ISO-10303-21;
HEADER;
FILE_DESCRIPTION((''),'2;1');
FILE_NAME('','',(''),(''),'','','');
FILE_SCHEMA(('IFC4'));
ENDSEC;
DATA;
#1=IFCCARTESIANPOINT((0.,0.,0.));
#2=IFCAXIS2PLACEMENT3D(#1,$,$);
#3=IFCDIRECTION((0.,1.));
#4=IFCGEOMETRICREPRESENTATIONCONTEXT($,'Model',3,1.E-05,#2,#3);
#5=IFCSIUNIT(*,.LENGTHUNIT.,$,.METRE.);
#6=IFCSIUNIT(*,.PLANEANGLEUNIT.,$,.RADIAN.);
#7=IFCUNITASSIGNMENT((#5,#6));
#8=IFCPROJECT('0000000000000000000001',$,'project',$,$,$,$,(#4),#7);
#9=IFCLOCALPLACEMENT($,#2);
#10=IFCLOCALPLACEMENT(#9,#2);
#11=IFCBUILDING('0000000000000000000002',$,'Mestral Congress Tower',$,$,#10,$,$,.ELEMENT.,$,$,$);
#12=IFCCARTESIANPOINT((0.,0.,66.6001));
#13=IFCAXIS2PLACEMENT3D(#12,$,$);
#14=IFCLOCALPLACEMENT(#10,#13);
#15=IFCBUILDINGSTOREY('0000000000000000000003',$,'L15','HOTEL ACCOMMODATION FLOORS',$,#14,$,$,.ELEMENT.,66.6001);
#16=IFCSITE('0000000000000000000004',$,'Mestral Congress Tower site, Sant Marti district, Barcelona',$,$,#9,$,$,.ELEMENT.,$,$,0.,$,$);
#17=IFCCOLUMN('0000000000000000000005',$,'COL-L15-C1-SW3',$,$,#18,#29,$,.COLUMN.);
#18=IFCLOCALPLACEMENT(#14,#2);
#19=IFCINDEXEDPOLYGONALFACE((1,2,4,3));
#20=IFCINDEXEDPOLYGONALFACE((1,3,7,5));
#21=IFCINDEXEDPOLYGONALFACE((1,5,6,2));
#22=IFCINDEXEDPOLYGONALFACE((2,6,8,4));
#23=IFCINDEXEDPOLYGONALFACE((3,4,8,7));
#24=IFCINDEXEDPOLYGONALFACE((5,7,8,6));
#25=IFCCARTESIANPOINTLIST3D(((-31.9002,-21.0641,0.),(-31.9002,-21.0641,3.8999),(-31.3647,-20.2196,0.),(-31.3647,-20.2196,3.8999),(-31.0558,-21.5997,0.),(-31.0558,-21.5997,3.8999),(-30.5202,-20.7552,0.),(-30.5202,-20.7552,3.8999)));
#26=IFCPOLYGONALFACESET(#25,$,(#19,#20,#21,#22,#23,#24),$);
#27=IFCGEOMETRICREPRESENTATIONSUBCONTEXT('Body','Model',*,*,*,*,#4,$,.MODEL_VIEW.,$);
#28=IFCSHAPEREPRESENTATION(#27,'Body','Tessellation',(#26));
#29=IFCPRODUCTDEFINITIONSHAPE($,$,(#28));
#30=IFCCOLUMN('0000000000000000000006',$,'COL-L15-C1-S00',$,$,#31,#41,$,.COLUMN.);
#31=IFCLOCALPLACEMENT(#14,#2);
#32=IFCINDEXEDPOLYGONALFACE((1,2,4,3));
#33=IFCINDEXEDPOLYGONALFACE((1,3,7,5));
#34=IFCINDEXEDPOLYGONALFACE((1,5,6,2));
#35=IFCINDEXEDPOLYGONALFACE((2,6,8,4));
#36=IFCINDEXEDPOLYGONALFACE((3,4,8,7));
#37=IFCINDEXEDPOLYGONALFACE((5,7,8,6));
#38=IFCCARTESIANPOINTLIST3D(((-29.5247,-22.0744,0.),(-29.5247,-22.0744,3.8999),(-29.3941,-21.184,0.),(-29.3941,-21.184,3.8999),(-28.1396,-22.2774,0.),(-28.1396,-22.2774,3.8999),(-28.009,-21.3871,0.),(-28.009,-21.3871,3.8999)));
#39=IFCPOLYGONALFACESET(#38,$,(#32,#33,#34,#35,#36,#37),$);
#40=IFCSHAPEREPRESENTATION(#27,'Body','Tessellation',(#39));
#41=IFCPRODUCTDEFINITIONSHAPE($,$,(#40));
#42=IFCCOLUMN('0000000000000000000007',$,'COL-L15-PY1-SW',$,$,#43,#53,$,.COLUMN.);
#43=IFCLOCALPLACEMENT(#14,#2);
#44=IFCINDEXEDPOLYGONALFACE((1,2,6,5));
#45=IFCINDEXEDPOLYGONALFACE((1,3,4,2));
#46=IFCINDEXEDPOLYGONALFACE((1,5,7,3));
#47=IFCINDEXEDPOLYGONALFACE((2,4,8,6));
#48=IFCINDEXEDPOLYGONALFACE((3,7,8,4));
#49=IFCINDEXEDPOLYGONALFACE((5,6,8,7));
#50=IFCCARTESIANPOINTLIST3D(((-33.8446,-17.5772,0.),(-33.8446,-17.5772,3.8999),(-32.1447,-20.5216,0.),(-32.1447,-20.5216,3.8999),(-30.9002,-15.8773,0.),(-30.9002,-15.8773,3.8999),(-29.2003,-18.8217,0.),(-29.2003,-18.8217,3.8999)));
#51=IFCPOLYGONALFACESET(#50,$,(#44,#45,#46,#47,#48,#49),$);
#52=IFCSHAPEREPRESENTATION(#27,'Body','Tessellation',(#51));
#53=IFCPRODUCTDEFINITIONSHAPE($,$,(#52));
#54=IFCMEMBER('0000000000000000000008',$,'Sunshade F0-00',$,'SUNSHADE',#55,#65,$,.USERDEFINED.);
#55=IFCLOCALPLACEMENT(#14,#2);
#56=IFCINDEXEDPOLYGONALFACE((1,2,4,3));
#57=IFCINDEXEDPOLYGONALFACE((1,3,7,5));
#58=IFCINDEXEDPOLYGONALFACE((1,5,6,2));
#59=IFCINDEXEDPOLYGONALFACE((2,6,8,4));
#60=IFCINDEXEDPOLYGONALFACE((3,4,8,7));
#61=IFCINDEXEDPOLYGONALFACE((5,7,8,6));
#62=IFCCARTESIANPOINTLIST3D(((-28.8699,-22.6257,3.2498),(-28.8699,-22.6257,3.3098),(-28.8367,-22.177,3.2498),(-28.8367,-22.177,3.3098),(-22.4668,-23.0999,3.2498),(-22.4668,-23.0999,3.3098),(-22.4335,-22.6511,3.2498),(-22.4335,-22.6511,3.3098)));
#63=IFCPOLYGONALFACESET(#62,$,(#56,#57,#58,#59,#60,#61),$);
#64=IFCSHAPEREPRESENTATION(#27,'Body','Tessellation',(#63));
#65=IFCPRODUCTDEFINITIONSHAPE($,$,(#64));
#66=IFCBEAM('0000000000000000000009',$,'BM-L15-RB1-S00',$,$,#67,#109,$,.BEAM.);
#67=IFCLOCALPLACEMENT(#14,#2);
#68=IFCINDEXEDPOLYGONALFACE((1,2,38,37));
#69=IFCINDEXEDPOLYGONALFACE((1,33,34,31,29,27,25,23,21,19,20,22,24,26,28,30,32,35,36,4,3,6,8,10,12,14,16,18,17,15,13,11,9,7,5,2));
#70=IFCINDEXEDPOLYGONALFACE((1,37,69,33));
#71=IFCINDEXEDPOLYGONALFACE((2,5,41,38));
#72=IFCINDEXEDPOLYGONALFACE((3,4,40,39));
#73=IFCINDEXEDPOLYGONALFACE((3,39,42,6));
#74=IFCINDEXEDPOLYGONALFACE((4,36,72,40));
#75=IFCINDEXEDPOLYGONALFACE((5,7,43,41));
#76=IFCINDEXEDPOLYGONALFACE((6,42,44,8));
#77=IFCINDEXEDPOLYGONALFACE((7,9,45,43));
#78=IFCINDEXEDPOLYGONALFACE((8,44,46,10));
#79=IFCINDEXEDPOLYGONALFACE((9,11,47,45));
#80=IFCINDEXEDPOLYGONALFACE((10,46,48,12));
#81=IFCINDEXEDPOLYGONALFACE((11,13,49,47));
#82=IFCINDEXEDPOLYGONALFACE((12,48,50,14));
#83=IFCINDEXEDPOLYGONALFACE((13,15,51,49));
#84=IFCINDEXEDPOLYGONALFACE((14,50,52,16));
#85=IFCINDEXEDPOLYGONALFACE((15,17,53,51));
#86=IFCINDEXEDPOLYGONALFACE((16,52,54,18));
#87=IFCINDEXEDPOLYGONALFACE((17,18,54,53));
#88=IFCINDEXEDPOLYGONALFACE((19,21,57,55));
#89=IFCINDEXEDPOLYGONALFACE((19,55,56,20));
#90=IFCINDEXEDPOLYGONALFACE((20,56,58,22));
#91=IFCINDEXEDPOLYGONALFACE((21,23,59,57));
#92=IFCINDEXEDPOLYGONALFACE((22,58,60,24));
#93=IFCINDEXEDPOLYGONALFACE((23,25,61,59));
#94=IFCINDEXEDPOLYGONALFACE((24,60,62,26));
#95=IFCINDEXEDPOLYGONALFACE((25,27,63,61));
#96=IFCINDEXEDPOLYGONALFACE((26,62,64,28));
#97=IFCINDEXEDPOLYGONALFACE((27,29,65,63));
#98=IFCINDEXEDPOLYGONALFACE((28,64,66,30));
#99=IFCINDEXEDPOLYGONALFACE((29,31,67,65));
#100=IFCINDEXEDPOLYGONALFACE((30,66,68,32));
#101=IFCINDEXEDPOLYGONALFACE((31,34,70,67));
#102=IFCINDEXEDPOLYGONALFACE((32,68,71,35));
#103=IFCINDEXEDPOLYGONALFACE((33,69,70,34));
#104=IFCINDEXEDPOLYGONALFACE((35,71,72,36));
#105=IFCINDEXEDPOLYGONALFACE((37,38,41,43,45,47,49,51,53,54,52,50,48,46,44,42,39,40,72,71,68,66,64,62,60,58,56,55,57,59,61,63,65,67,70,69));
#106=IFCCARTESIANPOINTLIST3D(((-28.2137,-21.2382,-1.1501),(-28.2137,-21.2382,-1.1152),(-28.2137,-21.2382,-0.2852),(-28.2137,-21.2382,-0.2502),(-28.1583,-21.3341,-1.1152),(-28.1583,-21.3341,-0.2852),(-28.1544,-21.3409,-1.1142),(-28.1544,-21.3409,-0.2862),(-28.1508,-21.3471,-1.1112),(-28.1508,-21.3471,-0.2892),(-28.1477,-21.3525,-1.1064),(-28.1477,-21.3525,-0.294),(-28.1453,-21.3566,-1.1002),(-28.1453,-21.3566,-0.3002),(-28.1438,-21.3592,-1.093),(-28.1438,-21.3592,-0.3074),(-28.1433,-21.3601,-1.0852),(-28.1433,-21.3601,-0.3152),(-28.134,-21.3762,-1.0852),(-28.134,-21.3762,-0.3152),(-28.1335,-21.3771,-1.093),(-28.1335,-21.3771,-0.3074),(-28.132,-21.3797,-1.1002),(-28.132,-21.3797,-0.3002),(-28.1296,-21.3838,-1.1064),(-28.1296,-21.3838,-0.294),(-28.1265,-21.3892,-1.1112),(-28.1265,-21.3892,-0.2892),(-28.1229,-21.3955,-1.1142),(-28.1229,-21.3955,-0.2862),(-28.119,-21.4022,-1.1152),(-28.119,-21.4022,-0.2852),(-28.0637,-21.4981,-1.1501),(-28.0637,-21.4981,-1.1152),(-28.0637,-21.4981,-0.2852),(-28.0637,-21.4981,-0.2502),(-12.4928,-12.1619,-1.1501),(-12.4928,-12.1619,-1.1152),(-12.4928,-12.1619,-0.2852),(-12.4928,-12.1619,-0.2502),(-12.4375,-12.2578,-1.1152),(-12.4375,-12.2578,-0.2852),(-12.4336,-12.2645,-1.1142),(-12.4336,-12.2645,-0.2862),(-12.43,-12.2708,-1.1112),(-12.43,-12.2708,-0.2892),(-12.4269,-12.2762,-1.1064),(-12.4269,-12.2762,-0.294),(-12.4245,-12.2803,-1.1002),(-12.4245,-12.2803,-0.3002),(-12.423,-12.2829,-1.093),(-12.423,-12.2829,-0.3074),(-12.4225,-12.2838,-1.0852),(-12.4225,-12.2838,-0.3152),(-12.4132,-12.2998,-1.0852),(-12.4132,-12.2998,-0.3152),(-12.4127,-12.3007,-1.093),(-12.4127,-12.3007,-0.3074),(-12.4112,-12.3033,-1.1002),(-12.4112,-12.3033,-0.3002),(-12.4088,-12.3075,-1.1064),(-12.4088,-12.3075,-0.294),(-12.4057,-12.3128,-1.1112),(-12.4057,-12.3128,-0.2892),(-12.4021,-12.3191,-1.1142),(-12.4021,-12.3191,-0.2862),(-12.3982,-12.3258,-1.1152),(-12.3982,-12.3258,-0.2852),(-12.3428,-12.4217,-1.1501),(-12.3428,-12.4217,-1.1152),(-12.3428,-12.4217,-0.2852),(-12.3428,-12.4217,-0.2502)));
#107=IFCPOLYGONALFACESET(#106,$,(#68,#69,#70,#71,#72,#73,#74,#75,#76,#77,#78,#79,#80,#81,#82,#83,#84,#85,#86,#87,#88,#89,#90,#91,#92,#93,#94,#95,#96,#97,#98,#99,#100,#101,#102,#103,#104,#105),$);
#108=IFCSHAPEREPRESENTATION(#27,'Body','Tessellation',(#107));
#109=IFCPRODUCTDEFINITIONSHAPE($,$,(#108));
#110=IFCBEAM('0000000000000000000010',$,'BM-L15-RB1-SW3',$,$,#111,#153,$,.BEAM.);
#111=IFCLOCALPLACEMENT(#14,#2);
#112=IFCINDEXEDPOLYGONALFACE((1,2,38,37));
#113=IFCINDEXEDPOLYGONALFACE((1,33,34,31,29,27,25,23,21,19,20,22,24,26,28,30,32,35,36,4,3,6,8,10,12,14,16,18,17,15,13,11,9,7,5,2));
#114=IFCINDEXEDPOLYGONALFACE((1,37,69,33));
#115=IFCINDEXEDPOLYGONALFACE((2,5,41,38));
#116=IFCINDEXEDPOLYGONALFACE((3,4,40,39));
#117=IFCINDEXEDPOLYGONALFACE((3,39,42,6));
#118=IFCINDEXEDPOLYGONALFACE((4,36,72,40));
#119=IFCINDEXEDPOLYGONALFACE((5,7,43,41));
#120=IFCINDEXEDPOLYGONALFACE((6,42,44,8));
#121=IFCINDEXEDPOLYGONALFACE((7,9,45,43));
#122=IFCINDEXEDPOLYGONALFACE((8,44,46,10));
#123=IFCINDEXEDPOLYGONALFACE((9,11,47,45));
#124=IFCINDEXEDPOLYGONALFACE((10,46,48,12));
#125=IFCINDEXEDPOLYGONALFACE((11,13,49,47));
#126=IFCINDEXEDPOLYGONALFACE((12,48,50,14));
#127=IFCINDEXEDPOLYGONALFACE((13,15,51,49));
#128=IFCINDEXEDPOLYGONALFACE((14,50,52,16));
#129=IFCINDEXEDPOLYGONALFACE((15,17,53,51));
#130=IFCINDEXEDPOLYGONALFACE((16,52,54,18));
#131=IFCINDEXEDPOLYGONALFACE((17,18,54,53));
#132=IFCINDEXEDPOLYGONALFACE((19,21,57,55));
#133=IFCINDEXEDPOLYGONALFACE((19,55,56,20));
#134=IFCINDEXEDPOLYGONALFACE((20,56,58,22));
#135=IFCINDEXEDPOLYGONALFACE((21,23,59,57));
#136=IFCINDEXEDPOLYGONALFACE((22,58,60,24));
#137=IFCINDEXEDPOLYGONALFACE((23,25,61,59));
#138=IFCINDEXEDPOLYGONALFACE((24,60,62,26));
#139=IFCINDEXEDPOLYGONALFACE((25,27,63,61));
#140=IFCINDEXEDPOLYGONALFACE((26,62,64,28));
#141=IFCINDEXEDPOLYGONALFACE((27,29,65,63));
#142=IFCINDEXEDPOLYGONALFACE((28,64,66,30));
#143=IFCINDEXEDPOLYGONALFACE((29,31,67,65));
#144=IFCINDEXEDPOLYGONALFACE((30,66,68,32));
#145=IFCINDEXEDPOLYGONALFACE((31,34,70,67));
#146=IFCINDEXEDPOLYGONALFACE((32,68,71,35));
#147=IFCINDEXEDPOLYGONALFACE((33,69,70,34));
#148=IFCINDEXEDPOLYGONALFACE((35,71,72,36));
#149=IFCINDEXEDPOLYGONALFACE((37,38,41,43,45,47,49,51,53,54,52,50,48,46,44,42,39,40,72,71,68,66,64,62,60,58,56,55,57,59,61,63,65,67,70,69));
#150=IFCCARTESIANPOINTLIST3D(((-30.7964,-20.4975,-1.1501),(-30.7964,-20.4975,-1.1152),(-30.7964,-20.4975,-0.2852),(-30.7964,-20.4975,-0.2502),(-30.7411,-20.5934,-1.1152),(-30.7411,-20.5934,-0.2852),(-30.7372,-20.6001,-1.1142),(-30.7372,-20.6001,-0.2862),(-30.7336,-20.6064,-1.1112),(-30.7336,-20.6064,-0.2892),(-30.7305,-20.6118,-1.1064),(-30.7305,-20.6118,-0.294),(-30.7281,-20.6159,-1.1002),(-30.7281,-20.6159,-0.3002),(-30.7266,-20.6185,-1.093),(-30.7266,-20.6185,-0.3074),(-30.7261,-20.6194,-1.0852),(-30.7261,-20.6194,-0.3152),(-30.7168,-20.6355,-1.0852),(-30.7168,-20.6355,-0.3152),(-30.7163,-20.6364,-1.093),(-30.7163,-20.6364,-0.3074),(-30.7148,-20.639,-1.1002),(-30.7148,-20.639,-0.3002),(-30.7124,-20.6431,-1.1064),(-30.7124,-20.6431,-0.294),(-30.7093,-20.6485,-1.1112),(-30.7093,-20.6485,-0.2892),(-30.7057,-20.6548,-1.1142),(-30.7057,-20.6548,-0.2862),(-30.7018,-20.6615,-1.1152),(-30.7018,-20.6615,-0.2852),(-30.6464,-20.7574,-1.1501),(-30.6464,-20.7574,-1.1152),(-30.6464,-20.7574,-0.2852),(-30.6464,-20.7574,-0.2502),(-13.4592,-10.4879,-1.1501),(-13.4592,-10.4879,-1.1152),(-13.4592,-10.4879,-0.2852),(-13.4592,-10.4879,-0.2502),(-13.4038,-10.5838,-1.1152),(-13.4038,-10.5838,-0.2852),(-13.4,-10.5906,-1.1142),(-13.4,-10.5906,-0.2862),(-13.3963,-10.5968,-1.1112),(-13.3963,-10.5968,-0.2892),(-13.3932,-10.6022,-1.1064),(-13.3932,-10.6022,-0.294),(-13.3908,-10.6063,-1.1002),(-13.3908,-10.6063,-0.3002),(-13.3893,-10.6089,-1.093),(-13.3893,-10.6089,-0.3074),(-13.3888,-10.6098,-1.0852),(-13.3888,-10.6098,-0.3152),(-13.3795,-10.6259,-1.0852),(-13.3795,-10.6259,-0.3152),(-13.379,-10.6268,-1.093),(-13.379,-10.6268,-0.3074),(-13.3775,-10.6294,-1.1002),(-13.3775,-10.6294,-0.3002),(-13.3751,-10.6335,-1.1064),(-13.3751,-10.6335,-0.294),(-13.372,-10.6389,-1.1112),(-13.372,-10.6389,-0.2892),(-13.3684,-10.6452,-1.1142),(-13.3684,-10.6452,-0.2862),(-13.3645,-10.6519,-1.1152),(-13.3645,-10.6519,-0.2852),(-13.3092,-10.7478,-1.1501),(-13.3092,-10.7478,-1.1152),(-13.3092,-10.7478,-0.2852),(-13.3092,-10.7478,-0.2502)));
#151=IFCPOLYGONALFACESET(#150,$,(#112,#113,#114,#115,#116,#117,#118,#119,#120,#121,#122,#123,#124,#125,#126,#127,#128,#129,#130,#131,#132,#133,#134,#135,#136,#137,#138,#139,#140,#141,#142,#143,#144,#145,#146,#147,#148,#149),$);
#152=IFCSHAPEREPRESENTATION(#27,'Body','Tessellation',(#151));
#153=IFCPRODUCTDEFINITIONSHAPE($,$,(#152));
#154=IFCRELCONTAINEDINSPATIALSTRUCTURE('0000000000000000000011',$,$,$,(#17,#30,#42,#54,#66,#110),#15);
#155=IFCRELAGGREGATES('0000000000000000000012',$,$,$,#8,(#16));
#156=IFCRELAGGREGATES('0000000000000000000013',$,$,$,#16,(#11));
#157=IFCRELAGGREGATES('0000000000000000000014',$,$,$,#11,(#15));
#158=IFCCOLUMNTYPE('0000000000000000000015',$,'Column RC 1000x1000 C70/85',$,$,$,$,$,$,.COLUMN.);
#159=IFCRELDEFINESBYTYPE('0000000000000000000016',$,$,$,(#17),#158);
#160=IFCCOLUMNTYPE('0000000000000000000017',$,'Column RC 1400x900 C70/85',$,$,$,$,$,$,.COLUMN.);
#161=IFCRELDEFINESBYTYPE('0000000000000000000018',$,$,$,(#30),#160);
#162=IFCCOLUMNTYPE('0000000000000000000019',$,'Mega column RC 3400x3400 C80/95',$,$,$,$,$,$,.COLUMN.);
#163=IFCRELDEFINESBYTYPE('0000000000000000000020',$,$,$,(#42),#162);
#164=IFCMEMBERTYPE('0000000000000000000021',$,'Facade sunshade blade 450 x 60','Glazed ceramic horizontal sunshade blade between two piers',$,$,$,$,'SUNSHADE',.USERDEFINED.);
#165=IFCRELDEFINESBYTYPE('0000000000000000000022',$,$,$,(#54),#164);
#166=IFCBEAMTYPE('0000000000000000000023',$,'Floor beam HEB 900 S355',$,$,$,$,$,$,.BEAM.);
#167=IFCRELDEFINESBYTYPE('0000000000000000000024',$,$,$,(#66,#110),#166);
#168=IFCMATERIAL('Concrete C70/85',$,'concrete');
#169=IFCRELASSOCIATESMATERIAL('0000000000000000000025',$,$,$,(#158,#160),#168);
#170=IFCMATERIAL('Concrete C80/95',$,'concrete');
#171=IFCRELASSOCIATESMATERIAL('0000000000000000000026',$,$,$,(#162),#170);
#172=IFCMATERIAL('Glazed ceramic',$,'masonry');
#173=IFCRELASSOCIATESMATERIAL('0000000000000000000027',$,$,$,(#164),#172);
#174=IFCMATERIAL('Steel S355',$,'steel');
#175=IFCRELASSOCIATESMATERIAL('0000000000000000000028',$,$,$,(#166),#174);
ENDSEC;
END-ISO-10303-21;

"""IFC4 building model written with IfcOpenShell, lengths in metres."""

from ifc_helpers import new_model, si_unit, direction, frame, origin, origin_2d, place, context, subcontext, project, spatial, rectangle, i_section, extrude, material, material_profile, profile_set, type_object, element, save


model = new_model("IFC4")

# Units and contexts
model_context = context("Model", 3, precision=1e-05, world=origin(), true_north=direction((0.0, 1.0)))
body_context = subcontext(model_context, "Body", "Model", "MODEL_VIEW")
ifc_project = project(units=[si_unit("LENGTHUNIT", "METRE"), si_unit("PLANEANGLEUNIT", "RADIAN")], contexts=[model_context])

# Site, building, storey
site_placement = place(None, origin())
site = spatial("IfcSite", under=ifc_project, at=site_placement, Name="Mestral Congress Tower site, Sant Marti district, Barcelona", CompositionType="ELEMENT", RefElevation=0.0)
building_placement = place(site_placement, origin())
building = spatial("IfcBuilding", under=site, at=building_placement, Name="Mestral Congress Tower", CompositionType="ELEMENT")
storey_placement = place(building_placement, frame((0.0, 0.0, 66.6001)))
storey = spatial("IfcBuildingStorey", under=building, at=storey_placement, Name="L15", Description="HOTEL ACCOMMODATION FLOORS", CompositionType="ELEMENT", Elevation=66.6001)

# Columns
ifc_material_1 = material(Name="Concrete C70/85", Category="concrete")
ifc_material_profile_1 = material_profile(ifc_material_1, rectangle(XDim=1.0, YDim=1.0, at=origin_2d()), Name="RC 1000x1000")
ifc_profile_set_1 = profile_set([ifc_material_profile_1], Name="Concrete C70/85")
column_type_1 = type_object("IfcColumnType", Name="Column RC 1000x1000 C70/85", PredefinedType="COLUMN", material=ifc_profile_set_1)
column_1_placement = place(storey_placement, frame((-31.2102, -20.9097, 0.0), z_axis=(0.0, 0.0, 1.0), x_axis=(0.844485, -0.535579, 0.0)))
element("IfcColumn", 1, at=column_1_placement, inside=storey, type_object=column_type_1, Name="COL-L15-C1-SW3", PredefinedType="COLUMN", context=body_context, shape_type="SweptSolid", body=[
    extrude(rectangle(XDim=1.0, YDim=1.0, at=origin_2d()), origin(), (0.0, 0.0, 1.0), 3.8999),
])
ifc_material_profile_2 = material_profile(ifc_material_1, rectangle(XDim=1.3999, YDim=0.8999, at=origin_2d()), Name="RC 1400x900")
ifc_profile_set_2 = profile_set([ifc_material_profile_2], Name="Concrete C70/85")
column_type_2 = type_object("IfcColumnType", Name="Column RC 1400x900 C70/85", PredefinedType="COLUMN", material=ifc_profile_set_2)
column_2_placement = place(storey_placement, frame((-28.7668, -21.7307, 0.0), z_axis=(0.0, 0.0, 1.0), x_axis=(0.989424, -0.145056, 0.0)))
element("IfcColumn", 2, at=column_2_placement, inside=storey, type_object=column_type_2, Name="COL-L15-C1-S00", PredefinedType="COLUMN", context=body_context, shape_type="SweptSolid", body=[
    extrude(rectangle(XDim=1.3999, YDim=0.8999, at=origin_2d()), origin(), (0.0, 0.0, 1.0), 3.8999),
])
ifc_material_2 = material(Name="Concrete C80/95", Category="concrete")
ifc_material_profile_3 = material_profile(ifc_material_2, rectangle(XDim=3.3999, YDim=3.3999, at=origin_2d()), Name="RC 3400x3400")
ifc_profile_set_3 = profile_set([ifc_material_profile_3], Name="Concrete C80/95")
column_type_3 = type_object("IfcColumnType", Name="Mega column RC 3400x3400 C80/95", PredefinedType="COLUMN", material=ifc_profile_set_3)
column_3_placement = place(storey_placement, frame((-31.5225, -18.1995, 0.0), z_axis=(0.0, 0.0, 1.0), x_axis=(-0.866025, -0.5, 0.0)))
element("IfcColumn", 3, at=column_3_placement, inside=storey, type_object=column_type_3, Name="COL-L15-PY1-SW", PredefinedType="COLUMN", context=body_context, shape_type="SweptSolid", body=[
    extrude(rectangle(XDim=3.3999, YDim=3.3999, at=origin_2d()), origin(), (0.0, 0.0, 1.0), 3.8999),
])

# Member
ifc_material_3 = material(Name="Glazed ceramic", Category="masonry")
ifc_material_profile_4 = material_profile(ifc_material_3, rectangle(XDim=0.45, YDim=0.0601, at=origin_2d()), Name="Ceramic blade 450 x 60")
ifc_profile_set_4 = profile_set([ifc_material_profile_4], Name="Glazed ceramic")
member_type = type_object("IfcMemberType", Name="Facade sunshade blade 450 x 60", Description="Glazed ceramic horizontal sunshade blade between two piers", ElementType="SUNSHADE", PredefinedType="USERDEFINED", material=ifc_profile_set_4)
member_placement = place(storey_placement, frame((-28.8533, -22.4014, 3.2798), z_axis=(0.99727, -0.073844, 0.0), x_axis=(0.073844, 0.99727, 0.0)))
element("IfcMember", 4, at=member_placement, inside=storey, type_object=member_type, Name="Sunshade F0-00", ObjectType="SUNSHADE", PredefinedType="USERDEFINED", context=body_context, shape_type="SweptSolid", body=[
    extrude(rectangle(XDim=0.45, YDim=0.0601, at=origin_2d()), origin(), (0.0, 0.0, 1.0), 6.4207),
])

# Beams
ifc_material_4 = material(Name="Steel S355", Category="steel")
ifc_material_profile_5 = material_profile(ifc_material_4, i_section(OverallWidth=0.3, OverallDepth=0.8999, WebThickness=0.0186, FlangeThickness=0.0349, FilletRadius=0.03, at=origin_2d()), Name="HEB 900")
ifc_profile_set_5 = profile_set([ifc_material_profile_5], Name="Steel S355")
beam_type_1 = type_object("IfcBeamType", Name="Floor beam HEB 900 S355", PredefinedType="BEAM", material=ifc_profile_set_5)
beam_1_placement = place(storey_placement, frame((-28.1387, -21.3682, -0.7002), z_axis=(0.866027, 0.499997, 0.0), x_axis=(-0.499997, 0.866027, 0.0)))
element("IfcBeam", 5, at=beam_1_placement, inside=storey, type_object=beam_type_1, Name="BM-L15-RB1-S00", PredefinedType="BEAM", context=body_context, shape_type="SweptSolid", body=[
    extrude(i_section(OverallWidth=0.3, OverallDepth=0.8999, WebThickness=0.0186, FlangeThickness=0.0349, FilletRadius=0.03, at=origin_2d()), origin(), (0.0, 0.0, 1.0), 18.1528),
])
beam_2_placement = place(storey_placement, frame((-30.7214, -20.6274, -0.7002), z_axis=(0.866027, 0.499997, 0.0), x_axis=(-0.499997, 0.866027, 0.0)))
element("IfcBeam", 6, at=beam_2_placement, inside=storey, type_object=beam_type_1, Name="BM-L15-RB1-SW3", PredefinedType="BEAM", context=body_context, shape_type="SweptSolid", body=[
    extrude(i_section(OverallWidth=0.3, OverallDepth=0.8999, WebThickness=0.0186, FlangeThickness=0.0349, FilletRadius=0.03, at=origin_2d()), origin(), (0.0, 0.0, 1.0), 20.0193),
])

save(model, "model.ifc")
